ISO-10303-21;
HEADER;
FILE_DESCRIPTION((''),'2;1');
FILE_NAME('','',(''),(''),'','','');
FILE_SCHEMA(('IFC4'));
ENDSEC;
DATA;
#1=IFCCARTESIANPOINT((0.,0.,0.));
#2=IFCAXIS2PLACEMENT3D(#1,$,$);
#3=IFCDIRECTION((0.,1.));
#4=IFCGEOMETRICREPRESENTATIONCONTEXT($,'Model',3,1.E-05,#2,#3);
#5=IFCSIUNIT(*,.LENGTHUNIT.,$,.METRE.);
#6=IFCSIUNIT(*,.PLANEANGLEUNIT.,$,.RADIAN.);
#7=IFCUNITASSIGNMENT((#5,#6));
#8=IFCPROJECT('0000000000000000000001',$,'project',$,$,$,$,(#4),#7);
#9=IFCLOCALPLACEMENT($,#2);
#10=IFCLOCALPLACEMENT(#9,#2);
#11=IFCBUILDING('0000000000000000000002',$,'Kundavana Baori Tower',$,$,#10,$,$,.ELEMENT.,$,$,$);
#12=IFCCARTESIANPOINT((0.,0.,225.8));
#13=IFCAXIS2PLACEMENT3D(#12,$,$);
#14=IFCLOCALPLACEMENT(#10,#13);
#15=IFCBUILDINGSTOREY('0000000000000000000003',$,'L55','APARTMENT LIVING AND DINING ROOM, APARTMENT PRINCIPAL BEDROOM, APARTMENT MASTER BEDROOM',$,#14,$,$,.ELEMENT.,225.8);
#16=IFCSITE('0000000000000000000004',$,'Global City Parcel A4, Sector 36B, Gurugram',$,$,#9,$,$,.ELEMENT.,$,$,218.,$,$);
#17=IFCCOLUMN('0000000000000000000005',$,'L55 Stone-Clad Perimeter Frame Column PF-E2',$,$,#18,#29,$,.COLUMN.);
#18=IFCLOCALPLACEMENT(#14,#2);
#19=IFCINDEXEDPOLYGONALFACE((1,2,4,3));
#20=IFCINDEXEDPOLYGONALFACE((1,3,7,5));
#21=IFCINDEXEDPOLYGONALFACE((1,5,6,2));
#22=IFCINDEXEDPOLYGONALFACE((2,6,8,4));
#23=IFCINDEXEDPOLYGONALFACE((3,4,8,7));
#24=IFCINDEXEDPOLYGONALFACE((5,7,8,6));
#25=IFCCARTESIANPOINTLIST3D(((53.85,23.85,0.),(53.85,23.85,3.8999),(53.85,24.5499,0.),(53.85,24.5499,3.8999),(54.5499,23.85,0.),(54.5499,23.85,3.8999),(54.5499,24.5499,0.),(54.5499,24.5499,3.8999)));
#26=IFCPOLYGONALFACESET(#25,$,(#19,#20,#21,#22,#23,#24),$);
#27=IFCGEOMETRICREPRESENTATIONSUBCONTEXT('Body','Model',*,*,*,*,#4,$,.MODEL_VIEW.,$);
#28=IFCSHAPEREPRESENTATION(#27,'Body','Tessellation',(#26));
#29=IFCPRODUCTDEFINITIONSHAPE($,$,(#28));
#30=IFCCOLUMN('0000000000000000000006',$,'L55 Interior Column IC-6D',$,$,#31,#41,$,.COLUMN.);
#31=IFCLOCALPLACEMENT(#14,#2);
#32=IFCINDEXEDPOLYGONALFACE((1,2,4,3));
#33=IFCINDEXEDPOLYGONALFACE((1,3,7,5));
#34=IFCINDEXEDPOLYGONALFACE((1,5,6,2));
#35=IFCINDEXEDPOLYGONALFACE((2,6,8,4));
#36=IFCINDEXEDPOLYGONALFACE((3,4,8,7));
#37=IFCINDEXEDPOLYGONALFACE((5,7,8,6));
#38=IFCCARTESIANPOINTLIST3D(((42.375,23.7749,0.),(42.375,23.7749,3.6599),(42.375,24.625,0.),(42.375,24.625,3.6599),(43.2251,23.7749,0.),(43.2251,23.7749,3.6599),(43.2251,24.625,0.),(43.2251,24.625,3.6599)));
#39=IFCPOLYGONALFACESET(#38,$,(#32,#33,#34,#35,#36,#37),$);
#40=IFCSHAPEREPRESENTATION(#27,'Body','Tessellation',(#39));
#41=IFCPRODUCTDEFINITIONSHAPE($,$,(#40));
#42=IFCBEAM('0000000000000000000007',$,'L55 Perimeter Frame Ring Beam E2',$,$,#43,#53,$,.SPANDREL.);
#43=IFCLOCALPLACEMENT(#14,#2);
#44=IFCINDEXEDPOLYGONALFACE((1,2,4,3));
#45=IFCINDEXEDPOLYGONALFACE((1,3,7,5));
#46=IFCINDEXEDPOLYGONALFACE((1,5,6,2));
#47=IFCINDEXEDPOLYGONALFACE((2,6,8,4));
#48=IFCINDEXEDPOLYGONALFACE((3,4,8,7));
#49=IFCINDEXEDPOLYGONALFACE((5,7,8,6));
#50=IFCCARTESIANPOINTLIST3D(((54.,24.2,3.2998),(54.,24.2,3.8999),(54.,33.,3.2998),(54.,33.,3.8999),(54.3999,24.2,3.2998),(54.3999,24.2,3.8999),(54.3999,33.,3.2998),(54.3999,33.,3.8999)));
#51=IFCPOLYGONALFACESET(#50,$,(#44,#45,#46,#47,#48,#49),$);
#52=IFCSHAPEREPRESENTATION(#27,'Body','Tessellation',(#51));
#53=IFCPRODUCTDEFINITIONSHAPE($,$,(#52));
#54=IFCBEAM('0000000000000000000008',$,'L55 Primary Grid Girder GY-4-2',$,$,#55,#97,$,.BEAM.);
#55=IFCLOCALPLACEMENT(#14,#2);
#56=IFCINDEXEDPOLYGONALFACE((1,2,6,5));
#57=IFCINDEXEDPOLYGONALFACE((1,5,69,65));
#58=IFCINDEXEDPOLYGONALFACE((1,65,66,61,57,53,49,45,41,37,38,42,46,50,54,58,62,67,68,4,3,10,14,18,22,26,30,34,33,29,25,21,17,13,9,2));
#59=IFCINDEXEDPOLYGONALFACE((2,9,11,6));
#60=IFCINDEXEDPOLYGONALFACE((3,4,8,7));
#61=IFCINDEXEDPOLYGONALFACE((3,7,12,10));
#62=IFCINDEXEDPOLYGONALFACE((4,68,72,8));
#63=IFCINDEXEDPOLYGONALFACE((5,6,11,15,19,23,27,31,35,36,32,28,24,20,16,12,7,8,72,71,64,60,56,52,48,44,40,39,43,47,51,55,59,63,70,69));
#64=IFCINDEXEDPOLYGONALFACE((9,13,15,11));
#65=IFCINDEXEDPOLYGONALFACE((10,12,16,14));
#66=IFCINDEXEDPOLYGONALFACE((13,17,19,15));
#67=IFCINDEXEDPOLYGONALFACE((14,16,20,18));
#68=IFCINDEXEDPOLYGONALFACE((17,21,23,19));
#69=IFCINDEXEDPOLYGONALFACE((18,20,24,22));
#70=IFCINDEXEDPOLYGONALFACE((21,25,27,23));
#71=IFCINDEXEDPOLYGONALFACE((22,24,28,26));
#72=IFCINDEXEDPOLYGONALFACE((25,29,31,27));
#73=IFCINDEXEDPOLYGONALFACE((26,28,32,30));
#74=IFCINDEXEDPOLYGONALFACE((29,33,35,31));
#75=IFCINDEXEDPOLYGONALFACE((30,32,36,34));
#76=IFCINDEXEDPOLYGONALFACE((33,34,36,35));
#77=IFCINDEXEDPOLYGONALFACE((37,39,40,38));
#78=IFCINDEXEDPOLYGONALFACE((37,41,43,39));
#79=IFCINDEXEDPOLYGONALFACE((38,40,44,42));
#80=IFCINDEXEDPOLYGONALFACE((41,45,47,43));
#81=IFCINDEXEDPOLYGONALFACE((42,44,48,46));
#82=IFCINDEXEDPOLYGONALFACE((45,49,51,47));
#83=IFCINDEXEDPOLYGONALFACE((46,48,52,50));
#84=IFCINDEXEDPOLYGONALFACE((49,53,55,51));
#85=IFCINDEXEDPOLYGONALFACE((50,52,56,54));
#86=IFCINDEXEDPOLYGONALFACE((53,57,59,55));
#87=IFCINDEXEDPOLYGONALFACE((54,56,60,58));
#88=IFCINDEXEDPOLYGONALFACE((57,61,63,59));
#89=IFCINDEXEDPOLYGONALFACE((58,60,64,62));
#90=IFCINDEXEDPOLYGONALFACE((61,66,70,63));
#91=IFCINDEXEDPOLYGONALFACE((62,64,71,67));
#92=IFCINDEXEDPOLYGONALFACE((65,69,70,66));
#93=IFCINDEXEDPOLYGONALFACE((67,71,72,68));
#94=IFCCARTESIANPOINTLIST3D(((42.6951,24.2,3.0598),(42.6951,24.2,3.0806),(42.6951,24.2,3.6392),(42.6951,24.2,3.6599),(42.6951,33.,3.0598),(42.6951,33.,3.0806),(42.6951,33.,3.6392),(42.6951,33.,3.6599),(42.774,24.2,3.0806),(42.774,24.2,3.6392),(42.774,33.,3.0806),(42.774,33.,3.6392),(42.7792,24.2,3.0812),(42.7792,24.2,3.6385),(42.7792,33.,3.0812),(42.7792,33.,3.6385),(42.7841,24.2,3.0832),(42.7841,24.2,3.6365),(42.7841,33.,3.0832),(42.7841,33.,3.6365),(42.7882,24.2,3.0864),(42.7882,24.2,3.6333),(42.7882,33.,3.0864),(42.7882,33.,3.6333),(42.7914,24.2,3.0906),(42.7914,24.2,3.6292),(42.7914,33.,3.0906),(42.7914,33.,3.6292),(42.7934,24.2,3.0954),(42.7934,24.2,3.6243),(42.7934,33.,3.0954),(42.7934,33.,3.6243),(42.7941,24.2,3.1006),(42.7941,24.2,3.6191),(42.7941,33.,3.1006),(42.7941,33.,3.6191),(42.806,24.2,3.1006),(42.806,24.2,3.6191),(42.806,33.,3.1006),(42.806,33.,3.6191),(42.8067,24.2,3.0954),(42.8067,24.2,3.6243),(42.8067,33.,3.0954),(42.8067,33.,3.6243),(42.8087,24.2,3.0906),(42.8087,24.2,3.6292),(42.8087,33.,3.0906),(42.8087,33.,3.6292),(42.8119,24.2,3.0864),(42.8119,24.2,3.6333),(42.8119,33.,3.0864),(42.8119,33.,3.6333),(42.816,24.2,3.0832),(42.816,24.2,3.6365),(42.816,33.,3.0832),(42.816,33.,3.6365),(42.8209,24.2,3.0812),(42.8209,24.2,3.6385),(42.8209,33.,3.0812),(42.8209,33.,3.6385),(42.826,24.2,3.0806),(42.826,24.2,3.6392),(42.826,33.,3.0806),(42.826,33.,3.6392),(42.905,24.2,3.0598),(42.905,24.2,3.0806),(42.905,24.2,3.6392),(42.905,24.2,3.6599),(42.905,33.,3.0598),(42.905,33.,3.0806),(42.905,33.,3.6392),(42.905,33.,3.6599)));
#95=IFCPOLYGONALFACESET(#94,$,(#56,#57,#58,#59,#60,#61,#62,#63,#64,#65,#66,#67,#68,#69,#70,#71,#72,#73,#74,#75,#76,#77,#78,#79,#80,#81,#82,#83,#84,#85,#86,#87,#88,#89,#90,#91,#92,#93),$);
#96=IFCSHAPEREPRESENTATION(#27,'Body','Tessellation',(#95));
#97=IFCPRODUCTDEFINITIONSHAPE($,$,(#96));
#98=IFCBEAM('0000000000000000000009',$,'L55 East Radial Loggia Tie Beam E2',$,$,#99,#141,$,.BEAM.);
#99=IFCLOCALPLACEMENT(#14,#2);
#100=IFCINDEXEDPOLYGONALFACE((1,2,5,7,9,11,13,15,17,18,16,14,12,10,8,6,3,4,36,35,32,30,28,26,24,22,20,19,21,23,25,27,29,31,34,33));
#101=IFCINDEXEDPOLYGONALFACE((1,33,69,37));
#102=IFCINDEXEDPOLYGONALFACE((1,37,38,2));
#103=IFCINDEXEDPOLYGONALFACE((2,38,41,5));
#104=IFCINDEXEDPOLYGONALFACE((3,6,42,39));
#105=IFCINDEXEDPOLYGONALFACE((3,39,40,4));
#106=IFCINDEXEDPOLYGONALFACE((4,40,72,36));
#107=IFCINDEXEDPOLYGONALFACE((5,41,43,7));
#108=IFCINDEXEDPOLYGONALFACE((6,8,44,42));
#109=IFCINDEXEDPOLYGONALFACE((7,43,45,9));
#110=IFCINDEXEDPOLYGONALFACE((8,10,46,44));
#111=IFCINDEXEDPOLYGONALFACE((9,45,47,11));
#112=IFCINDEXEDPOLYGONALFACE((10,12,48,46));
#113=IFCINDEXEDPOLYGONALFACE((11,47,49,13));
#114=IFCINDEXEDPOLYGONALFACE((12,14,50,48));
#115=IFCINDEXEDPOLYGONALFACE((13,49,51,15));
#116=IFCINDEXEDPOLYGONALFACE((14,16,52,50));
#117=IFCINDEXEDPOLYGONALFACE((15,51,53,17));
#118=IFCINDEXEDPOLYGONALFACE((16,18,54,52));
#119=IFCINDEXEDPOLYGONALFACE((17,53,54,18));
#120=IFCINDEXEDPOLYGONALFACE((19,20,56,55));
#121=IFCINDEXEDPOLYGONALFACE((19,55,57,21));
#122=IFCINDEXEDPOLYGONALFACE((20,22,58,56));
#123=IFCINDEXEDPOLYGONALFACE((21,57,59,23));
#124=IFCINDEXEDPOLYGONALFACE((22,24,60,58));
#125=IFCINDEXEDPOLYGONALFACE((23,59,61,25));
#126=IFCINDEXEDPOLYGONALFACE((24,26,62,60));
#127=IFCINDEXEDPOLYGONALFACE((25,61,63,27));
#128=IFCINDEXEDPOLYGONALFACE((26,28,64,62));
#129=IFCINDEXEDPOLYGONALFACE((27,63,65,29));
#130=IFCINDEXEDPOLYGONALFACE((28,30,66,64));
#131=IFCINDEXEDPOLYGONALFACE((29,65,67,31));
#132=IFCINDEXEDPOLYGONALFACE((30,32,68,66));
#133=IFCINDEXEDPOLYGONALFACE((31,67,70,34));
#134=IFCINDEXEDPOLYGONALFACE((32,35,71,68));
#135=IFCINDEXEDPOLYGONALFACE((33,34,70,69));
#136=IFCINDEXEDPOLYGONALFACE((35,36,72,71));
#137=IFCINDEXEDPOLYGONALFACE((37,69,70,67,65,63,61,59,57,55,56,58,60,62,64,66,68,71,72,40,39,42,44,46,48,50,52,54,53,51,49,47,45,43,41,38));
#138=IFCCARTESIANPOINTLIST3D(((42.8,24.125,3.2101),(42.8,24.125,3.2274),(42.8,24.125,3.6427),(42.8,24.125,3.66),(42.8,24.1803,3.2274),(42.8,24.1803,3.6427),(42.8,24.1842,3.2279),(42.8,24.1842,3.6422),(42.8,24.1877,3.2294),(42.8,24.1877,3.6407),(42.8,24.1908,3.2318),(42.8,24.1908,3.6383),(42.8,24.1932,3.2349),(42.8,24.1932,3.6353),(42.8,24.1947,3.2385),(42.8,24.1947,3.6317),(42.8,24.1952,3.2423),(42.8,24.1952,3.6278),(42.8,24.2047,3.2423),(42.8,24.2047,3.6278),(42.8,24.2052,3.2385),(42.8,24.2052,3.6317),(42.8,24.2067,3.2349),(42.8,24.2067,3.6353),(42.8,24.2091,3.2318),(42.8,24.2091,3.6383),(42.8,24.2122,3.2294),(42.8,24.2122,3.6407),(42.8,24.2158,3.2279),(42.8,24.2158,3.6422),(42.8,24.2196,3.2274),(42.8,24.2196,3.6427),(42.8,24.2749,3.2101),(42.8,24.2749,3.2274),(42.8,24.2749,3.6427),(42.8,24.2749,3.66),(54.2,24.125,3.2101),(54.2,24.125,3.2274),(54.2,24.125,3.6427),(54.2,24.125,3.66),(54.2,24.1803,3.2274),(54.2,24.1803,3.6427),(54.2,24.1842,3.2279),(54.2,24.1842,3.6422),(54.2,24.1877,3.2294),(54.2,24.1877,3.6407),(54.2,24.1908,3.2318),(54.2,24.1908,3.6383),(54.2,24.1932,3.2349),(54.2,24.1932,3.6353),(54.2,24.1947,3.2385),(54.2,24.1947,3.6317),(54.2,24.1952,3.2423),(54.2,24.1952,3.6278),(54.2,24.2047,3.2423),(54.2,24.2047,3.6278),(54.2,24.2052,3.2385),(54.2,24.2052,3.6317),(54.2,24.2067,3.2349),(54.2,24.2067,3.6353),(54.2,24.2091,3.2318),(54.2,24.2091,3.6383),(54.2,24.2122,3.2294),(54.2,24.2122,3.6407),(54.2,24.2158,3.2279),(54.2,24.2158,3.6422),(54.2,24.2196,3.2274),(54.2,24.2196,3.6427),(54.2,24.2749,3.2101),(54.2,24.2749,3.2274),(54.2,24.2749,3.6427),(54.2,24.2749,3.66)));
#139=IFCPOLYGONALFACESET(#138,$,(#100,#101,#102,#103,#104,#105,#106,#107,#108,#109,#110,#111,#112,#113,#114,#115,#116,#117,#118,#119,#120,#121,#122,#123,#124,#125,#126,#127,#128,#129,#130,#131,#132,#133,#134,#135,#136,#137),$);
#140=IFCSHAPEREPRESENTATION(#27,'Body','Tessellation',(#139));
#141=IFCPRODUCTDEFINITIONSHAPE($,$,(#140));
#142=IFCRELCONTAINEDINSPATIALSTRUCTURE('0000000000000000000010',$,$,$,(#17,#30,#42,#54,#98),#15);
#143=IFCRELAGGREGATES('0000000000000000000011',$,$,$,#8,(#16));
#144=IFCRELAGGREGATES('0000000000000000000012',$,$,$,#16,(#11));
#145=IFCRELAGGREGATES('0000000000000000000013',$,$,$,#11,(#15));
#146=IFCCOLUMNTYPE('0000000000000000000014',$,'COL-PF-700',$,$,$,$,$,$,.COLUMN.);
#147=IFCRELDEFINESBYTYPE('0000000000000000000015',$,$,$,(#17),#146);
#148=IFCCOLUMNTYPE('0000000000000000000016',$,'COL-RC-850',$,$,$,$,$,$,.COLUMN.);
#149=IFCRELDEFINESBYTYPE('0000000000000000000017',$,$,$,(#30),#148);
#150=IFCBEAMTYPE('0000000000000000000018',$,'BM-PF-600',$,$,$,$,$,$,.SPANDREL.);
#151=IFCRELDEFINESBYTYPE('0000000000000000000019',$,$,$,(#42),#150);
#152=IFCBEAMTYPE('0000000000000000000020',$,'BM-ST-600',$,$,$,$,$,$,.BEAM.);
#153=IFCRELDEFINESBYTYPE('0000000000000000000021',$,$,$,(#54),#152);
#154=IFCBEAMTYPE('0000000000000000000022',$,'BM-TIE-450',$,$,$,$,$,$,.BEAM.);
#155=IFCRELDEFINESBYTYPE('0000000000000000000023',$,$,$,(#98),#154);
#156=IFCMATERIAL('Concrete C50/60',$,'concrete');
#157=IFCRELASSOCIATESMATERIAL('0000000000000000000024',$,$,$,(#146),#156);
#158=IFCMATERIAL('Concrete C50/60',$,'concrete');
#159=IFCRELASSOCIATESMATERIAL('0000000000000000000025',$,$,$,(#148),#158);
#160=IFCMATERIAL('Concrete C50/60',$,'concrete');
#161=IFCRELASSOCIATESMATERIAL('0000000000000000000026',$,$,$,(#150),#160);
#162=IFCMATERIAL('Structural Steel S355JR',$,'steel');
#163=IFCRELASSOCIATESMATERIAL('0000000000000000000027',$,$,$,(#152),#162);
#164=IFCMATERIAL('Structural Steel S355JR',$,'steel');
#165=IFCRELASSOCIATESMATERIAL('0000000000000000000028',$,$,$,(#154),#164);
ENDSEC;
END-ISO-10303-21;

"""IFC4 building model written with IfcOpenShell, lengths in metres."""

from ifc_helpers import new_model, si_unit, direction, frame, origin, origin_2d, place, context, subcontext, project, spatial, rectangle, i_section, extrude, material, material_profile, profile_set, type_object, element, save


model = new_model("IFC4")

# Units and contexts
model_context = context("Model", 3, precision=1e-05, world=origin(), true_north=direction((0.0, 1.0)))
body_context = subcontext(model_context, "Body", "Model", "MODEL_VIEW")
ifc_project = project(units=[si_unit("LENGTHUNIT", "METRE"), si_unit("PLANEANGLEUNIT", "RADIAN")], contexts=[model_context])

# Site, building, storey
site_placement = place(None, origin())
site = spatial("IfcSite", under=ifc_project, at=site_placement, Name="Global City Parcel A4, Sector 36B, Gurugram", CompositionType="ELEMENT", RefElevation=218.0)
building_placement = place(site_placement, origin())
building = spatial("IfcBuilding", under=site, at=building_placement, Name="Kundavana Baori Tower", CompositionType="ELEMENT")
storey_placement = place(building_placement, frame((0.0, 0.0, 225.8)))
storey = spatial("IfcBuildingStorey", under=building, at=storey_placement, Name="L55", Description="APARTMENT LIVING AND DINING ROOM, APARTMENT PRINCIPAL BEDROOM, APARTMENT MASTER BEDROOM", CompositionType="ELEMENT", Elevation=225.8)

# Columns
ifc_material_1 = material(Name="Concrete C50/60", Category="concrete")
ifc_material_profile_1 = material_profile(ifc_material_1, rectangle(XDim=0.7, YDim=0.7, at=origin_2d()), Name="RC PF 700x700")
ifc_profile_set_1 = profile_set([ifc_material_profile_1], Name="Concrete C50/60")
column_type_1 = type_object("IfcColumnType", Name="COL-PF-700", PredefinedType="COLUMN", material=ifc_profile_set_1)
column_1_placement = place(storey_placement, frame((54.2, 24.2, 0.0), z_axis=(0.0, 0.0, 1.0), x_axis=(1.0, 0.0, 0.0)))
element("IfcColumn", 1, at=column_1_placement, inside=storey, type_object=column_type_1, Name="L55 Stone-Clad Perimeter Frame Column PF-E2", PredefinedType="COLUMN", context=body_context, shape_type="SweptSolid", body=[
    extrude(rectangle(XDim=0.7, YDim=0.7, at=origin_2d()), origin(), (0.0, 0.0, 1.0), 3.8999),
])
ifc_material_2 = material(Name="Concrete C50/60", Category="concrete")
ifc_material_profile_2 = material_profile(ifc_material_2, rectangle(XDim=0.8501, YDim=0.8501, at=origin_2d()), Name="RC 850x850")
ifc_profile_set_2 = profile_set([ifc_material_profile_2], Name="Concrete C50/60")
column_type_2 = type_object("IfcColumnType", Name="COL-RC-850", PredefinedType="COLUMN", material=ifc_profile_set_2)
column_2_placement = place(storey_placement, frame((42.8, 24.2, 0.0), z_axis=(0.0, 0.0, 1.0), x_axis=(1.0, 0.0, 0.0)))
element("IfcColumn", 2, at=column_2_placement, inside=storey, type_object=column_type_2, Name="L55 Interior Column IC-6D", PredefinedType="COLUMN", context=body_context, shape_type="SweptSolid", body=[
    extrude(rectangle(XDim=0.8501, YDim=0.8501, at=origin_2d()), origin(), (0.0, 0.0, 1.0), 3.6599),
])

# Beams
ifc_material_3 = material(Name="Concrete C50/60", Category="concrete")
ifc_material_profile_3 = material_profile(ifc_material_3, rectangle(XDim=0.3999, YDim=0.6001, at=origin_2d()), Name="RC BM 400x600")
ifc_profile_set_3 = profile_set([ifc_material_profile_3], Name="Concrete C50/60")
beam_type_1 = type_object("IfcBeamType", Name="BM-PF-600", PredefinedType="SPANDREL", material=ifc_profile_set_3)
beam_1_placement = place(storey_placement, frame((54.2, 24.2, 3.5999), z_axis=(0.0, 1.0, 0.0), x_axis=(-1.0, 0.0, 0.0)))
element("IfcBeam", 3, at=beam_1_placement, inside=storey, type_object=beam_type_1, Name="L55 Perimeter Frame Ring Beam E2", PredefinedType="SPANDREL", context=body_context, shape_type="SweptSolid", body=[
    extrude(rectangle(XDim=0.3999, YDim=0.6001, at=origin_2d()), origin(), (0.0, 0.0, 1.0), 8.8),
])
ifc_material_4 = material(Name="Structural Steel S355JR", Category="steel")
ifc_material_profile_4 = material_profile(ifc_material_4, i_section(OverallWidth=0.21, OverallDepth=0.6001, WebThickness=0.012, FlangeThickness=0.0208, FilletRadius=0.02, at=origin_2d()), Name="ISMB 600")
ifc_profile_set_4 = profile_set([ifc_material_profile_4], Name="Structural Steel S355JR")
beam_type_2 = type_object("IfcBeamType", Name="BM-ST-600", PredefinedType="BEAM", material=ifc_profile_set_4)
beam_2_placement = place(storey_placement, frame((42.8, 24.2, 3.3599), z_axis=(0.0, 1.0, 0.0), x_axis=(-1.0, 0.0, 0.0)))
element("IfcBeam", 4, at=beam_2_placement, inside=storey, type_object=beam_type_2, Name="L55 Primary Grid Girder GY-4-2", PredefinedType="BEAM", context=body_context, shape_type="SweptSolid", body=[
    extrude(i_section(OverallWidth=0.21, OverallDepth=0.6001, WebThickness=0.012, FlangeThickness=0.0208, FilletRadius=0.02, at=origin_2d()), origin(), (0.0, 0.0, 1.0), 8.8),
])
ifc_material_5 = material(Name="Structural Steel S355JR", Category="steel")
ifc_material_profile_5 = material_profile(ifc_material_5, i_section(OverallWidth=0.1499, OverallDepth=0.45, WebThickness=0.0095, FlangeThickness=0.0173, FilletRadius=0.0149, at=origin_2d()), Name="ISMB 450")
ifc_profile_set_5 = profile_set([ifc_material_profile_5], Name="Structural Steel S355JR")
beam_type_3 = type_object("IfcBeamType", Name="BM-TIE-450", PredefinedType="BEAM", material=ifc_profile_set_5)
beam_3_placement = place(storey_placement, frame((42.8, 24.2, 3.4351), z_axis=(1.0, 0.0, 0.0), x_axis=(0.0, 1.0, 0.0)))
element("IfcBeam", 5, at=beam_3_placement, inside=storey, type_object=beam_type_3, Name="L55 East Radial Loggia Tie Beam E2", PredefinedType="BEAM", context=body_context, shape_type="SweptSolid", body=[
    extrude(i_section(OverallWidth=0.1499, OverallDepth=0.45, WebThickness=0.0095, FlangeThickness=0.0173, FilletRadius=0.0149, at=origin_2d()), origin(), (0.0, 0.0, 1.0), 11.3999),
])

save(model, "model.ifc")
